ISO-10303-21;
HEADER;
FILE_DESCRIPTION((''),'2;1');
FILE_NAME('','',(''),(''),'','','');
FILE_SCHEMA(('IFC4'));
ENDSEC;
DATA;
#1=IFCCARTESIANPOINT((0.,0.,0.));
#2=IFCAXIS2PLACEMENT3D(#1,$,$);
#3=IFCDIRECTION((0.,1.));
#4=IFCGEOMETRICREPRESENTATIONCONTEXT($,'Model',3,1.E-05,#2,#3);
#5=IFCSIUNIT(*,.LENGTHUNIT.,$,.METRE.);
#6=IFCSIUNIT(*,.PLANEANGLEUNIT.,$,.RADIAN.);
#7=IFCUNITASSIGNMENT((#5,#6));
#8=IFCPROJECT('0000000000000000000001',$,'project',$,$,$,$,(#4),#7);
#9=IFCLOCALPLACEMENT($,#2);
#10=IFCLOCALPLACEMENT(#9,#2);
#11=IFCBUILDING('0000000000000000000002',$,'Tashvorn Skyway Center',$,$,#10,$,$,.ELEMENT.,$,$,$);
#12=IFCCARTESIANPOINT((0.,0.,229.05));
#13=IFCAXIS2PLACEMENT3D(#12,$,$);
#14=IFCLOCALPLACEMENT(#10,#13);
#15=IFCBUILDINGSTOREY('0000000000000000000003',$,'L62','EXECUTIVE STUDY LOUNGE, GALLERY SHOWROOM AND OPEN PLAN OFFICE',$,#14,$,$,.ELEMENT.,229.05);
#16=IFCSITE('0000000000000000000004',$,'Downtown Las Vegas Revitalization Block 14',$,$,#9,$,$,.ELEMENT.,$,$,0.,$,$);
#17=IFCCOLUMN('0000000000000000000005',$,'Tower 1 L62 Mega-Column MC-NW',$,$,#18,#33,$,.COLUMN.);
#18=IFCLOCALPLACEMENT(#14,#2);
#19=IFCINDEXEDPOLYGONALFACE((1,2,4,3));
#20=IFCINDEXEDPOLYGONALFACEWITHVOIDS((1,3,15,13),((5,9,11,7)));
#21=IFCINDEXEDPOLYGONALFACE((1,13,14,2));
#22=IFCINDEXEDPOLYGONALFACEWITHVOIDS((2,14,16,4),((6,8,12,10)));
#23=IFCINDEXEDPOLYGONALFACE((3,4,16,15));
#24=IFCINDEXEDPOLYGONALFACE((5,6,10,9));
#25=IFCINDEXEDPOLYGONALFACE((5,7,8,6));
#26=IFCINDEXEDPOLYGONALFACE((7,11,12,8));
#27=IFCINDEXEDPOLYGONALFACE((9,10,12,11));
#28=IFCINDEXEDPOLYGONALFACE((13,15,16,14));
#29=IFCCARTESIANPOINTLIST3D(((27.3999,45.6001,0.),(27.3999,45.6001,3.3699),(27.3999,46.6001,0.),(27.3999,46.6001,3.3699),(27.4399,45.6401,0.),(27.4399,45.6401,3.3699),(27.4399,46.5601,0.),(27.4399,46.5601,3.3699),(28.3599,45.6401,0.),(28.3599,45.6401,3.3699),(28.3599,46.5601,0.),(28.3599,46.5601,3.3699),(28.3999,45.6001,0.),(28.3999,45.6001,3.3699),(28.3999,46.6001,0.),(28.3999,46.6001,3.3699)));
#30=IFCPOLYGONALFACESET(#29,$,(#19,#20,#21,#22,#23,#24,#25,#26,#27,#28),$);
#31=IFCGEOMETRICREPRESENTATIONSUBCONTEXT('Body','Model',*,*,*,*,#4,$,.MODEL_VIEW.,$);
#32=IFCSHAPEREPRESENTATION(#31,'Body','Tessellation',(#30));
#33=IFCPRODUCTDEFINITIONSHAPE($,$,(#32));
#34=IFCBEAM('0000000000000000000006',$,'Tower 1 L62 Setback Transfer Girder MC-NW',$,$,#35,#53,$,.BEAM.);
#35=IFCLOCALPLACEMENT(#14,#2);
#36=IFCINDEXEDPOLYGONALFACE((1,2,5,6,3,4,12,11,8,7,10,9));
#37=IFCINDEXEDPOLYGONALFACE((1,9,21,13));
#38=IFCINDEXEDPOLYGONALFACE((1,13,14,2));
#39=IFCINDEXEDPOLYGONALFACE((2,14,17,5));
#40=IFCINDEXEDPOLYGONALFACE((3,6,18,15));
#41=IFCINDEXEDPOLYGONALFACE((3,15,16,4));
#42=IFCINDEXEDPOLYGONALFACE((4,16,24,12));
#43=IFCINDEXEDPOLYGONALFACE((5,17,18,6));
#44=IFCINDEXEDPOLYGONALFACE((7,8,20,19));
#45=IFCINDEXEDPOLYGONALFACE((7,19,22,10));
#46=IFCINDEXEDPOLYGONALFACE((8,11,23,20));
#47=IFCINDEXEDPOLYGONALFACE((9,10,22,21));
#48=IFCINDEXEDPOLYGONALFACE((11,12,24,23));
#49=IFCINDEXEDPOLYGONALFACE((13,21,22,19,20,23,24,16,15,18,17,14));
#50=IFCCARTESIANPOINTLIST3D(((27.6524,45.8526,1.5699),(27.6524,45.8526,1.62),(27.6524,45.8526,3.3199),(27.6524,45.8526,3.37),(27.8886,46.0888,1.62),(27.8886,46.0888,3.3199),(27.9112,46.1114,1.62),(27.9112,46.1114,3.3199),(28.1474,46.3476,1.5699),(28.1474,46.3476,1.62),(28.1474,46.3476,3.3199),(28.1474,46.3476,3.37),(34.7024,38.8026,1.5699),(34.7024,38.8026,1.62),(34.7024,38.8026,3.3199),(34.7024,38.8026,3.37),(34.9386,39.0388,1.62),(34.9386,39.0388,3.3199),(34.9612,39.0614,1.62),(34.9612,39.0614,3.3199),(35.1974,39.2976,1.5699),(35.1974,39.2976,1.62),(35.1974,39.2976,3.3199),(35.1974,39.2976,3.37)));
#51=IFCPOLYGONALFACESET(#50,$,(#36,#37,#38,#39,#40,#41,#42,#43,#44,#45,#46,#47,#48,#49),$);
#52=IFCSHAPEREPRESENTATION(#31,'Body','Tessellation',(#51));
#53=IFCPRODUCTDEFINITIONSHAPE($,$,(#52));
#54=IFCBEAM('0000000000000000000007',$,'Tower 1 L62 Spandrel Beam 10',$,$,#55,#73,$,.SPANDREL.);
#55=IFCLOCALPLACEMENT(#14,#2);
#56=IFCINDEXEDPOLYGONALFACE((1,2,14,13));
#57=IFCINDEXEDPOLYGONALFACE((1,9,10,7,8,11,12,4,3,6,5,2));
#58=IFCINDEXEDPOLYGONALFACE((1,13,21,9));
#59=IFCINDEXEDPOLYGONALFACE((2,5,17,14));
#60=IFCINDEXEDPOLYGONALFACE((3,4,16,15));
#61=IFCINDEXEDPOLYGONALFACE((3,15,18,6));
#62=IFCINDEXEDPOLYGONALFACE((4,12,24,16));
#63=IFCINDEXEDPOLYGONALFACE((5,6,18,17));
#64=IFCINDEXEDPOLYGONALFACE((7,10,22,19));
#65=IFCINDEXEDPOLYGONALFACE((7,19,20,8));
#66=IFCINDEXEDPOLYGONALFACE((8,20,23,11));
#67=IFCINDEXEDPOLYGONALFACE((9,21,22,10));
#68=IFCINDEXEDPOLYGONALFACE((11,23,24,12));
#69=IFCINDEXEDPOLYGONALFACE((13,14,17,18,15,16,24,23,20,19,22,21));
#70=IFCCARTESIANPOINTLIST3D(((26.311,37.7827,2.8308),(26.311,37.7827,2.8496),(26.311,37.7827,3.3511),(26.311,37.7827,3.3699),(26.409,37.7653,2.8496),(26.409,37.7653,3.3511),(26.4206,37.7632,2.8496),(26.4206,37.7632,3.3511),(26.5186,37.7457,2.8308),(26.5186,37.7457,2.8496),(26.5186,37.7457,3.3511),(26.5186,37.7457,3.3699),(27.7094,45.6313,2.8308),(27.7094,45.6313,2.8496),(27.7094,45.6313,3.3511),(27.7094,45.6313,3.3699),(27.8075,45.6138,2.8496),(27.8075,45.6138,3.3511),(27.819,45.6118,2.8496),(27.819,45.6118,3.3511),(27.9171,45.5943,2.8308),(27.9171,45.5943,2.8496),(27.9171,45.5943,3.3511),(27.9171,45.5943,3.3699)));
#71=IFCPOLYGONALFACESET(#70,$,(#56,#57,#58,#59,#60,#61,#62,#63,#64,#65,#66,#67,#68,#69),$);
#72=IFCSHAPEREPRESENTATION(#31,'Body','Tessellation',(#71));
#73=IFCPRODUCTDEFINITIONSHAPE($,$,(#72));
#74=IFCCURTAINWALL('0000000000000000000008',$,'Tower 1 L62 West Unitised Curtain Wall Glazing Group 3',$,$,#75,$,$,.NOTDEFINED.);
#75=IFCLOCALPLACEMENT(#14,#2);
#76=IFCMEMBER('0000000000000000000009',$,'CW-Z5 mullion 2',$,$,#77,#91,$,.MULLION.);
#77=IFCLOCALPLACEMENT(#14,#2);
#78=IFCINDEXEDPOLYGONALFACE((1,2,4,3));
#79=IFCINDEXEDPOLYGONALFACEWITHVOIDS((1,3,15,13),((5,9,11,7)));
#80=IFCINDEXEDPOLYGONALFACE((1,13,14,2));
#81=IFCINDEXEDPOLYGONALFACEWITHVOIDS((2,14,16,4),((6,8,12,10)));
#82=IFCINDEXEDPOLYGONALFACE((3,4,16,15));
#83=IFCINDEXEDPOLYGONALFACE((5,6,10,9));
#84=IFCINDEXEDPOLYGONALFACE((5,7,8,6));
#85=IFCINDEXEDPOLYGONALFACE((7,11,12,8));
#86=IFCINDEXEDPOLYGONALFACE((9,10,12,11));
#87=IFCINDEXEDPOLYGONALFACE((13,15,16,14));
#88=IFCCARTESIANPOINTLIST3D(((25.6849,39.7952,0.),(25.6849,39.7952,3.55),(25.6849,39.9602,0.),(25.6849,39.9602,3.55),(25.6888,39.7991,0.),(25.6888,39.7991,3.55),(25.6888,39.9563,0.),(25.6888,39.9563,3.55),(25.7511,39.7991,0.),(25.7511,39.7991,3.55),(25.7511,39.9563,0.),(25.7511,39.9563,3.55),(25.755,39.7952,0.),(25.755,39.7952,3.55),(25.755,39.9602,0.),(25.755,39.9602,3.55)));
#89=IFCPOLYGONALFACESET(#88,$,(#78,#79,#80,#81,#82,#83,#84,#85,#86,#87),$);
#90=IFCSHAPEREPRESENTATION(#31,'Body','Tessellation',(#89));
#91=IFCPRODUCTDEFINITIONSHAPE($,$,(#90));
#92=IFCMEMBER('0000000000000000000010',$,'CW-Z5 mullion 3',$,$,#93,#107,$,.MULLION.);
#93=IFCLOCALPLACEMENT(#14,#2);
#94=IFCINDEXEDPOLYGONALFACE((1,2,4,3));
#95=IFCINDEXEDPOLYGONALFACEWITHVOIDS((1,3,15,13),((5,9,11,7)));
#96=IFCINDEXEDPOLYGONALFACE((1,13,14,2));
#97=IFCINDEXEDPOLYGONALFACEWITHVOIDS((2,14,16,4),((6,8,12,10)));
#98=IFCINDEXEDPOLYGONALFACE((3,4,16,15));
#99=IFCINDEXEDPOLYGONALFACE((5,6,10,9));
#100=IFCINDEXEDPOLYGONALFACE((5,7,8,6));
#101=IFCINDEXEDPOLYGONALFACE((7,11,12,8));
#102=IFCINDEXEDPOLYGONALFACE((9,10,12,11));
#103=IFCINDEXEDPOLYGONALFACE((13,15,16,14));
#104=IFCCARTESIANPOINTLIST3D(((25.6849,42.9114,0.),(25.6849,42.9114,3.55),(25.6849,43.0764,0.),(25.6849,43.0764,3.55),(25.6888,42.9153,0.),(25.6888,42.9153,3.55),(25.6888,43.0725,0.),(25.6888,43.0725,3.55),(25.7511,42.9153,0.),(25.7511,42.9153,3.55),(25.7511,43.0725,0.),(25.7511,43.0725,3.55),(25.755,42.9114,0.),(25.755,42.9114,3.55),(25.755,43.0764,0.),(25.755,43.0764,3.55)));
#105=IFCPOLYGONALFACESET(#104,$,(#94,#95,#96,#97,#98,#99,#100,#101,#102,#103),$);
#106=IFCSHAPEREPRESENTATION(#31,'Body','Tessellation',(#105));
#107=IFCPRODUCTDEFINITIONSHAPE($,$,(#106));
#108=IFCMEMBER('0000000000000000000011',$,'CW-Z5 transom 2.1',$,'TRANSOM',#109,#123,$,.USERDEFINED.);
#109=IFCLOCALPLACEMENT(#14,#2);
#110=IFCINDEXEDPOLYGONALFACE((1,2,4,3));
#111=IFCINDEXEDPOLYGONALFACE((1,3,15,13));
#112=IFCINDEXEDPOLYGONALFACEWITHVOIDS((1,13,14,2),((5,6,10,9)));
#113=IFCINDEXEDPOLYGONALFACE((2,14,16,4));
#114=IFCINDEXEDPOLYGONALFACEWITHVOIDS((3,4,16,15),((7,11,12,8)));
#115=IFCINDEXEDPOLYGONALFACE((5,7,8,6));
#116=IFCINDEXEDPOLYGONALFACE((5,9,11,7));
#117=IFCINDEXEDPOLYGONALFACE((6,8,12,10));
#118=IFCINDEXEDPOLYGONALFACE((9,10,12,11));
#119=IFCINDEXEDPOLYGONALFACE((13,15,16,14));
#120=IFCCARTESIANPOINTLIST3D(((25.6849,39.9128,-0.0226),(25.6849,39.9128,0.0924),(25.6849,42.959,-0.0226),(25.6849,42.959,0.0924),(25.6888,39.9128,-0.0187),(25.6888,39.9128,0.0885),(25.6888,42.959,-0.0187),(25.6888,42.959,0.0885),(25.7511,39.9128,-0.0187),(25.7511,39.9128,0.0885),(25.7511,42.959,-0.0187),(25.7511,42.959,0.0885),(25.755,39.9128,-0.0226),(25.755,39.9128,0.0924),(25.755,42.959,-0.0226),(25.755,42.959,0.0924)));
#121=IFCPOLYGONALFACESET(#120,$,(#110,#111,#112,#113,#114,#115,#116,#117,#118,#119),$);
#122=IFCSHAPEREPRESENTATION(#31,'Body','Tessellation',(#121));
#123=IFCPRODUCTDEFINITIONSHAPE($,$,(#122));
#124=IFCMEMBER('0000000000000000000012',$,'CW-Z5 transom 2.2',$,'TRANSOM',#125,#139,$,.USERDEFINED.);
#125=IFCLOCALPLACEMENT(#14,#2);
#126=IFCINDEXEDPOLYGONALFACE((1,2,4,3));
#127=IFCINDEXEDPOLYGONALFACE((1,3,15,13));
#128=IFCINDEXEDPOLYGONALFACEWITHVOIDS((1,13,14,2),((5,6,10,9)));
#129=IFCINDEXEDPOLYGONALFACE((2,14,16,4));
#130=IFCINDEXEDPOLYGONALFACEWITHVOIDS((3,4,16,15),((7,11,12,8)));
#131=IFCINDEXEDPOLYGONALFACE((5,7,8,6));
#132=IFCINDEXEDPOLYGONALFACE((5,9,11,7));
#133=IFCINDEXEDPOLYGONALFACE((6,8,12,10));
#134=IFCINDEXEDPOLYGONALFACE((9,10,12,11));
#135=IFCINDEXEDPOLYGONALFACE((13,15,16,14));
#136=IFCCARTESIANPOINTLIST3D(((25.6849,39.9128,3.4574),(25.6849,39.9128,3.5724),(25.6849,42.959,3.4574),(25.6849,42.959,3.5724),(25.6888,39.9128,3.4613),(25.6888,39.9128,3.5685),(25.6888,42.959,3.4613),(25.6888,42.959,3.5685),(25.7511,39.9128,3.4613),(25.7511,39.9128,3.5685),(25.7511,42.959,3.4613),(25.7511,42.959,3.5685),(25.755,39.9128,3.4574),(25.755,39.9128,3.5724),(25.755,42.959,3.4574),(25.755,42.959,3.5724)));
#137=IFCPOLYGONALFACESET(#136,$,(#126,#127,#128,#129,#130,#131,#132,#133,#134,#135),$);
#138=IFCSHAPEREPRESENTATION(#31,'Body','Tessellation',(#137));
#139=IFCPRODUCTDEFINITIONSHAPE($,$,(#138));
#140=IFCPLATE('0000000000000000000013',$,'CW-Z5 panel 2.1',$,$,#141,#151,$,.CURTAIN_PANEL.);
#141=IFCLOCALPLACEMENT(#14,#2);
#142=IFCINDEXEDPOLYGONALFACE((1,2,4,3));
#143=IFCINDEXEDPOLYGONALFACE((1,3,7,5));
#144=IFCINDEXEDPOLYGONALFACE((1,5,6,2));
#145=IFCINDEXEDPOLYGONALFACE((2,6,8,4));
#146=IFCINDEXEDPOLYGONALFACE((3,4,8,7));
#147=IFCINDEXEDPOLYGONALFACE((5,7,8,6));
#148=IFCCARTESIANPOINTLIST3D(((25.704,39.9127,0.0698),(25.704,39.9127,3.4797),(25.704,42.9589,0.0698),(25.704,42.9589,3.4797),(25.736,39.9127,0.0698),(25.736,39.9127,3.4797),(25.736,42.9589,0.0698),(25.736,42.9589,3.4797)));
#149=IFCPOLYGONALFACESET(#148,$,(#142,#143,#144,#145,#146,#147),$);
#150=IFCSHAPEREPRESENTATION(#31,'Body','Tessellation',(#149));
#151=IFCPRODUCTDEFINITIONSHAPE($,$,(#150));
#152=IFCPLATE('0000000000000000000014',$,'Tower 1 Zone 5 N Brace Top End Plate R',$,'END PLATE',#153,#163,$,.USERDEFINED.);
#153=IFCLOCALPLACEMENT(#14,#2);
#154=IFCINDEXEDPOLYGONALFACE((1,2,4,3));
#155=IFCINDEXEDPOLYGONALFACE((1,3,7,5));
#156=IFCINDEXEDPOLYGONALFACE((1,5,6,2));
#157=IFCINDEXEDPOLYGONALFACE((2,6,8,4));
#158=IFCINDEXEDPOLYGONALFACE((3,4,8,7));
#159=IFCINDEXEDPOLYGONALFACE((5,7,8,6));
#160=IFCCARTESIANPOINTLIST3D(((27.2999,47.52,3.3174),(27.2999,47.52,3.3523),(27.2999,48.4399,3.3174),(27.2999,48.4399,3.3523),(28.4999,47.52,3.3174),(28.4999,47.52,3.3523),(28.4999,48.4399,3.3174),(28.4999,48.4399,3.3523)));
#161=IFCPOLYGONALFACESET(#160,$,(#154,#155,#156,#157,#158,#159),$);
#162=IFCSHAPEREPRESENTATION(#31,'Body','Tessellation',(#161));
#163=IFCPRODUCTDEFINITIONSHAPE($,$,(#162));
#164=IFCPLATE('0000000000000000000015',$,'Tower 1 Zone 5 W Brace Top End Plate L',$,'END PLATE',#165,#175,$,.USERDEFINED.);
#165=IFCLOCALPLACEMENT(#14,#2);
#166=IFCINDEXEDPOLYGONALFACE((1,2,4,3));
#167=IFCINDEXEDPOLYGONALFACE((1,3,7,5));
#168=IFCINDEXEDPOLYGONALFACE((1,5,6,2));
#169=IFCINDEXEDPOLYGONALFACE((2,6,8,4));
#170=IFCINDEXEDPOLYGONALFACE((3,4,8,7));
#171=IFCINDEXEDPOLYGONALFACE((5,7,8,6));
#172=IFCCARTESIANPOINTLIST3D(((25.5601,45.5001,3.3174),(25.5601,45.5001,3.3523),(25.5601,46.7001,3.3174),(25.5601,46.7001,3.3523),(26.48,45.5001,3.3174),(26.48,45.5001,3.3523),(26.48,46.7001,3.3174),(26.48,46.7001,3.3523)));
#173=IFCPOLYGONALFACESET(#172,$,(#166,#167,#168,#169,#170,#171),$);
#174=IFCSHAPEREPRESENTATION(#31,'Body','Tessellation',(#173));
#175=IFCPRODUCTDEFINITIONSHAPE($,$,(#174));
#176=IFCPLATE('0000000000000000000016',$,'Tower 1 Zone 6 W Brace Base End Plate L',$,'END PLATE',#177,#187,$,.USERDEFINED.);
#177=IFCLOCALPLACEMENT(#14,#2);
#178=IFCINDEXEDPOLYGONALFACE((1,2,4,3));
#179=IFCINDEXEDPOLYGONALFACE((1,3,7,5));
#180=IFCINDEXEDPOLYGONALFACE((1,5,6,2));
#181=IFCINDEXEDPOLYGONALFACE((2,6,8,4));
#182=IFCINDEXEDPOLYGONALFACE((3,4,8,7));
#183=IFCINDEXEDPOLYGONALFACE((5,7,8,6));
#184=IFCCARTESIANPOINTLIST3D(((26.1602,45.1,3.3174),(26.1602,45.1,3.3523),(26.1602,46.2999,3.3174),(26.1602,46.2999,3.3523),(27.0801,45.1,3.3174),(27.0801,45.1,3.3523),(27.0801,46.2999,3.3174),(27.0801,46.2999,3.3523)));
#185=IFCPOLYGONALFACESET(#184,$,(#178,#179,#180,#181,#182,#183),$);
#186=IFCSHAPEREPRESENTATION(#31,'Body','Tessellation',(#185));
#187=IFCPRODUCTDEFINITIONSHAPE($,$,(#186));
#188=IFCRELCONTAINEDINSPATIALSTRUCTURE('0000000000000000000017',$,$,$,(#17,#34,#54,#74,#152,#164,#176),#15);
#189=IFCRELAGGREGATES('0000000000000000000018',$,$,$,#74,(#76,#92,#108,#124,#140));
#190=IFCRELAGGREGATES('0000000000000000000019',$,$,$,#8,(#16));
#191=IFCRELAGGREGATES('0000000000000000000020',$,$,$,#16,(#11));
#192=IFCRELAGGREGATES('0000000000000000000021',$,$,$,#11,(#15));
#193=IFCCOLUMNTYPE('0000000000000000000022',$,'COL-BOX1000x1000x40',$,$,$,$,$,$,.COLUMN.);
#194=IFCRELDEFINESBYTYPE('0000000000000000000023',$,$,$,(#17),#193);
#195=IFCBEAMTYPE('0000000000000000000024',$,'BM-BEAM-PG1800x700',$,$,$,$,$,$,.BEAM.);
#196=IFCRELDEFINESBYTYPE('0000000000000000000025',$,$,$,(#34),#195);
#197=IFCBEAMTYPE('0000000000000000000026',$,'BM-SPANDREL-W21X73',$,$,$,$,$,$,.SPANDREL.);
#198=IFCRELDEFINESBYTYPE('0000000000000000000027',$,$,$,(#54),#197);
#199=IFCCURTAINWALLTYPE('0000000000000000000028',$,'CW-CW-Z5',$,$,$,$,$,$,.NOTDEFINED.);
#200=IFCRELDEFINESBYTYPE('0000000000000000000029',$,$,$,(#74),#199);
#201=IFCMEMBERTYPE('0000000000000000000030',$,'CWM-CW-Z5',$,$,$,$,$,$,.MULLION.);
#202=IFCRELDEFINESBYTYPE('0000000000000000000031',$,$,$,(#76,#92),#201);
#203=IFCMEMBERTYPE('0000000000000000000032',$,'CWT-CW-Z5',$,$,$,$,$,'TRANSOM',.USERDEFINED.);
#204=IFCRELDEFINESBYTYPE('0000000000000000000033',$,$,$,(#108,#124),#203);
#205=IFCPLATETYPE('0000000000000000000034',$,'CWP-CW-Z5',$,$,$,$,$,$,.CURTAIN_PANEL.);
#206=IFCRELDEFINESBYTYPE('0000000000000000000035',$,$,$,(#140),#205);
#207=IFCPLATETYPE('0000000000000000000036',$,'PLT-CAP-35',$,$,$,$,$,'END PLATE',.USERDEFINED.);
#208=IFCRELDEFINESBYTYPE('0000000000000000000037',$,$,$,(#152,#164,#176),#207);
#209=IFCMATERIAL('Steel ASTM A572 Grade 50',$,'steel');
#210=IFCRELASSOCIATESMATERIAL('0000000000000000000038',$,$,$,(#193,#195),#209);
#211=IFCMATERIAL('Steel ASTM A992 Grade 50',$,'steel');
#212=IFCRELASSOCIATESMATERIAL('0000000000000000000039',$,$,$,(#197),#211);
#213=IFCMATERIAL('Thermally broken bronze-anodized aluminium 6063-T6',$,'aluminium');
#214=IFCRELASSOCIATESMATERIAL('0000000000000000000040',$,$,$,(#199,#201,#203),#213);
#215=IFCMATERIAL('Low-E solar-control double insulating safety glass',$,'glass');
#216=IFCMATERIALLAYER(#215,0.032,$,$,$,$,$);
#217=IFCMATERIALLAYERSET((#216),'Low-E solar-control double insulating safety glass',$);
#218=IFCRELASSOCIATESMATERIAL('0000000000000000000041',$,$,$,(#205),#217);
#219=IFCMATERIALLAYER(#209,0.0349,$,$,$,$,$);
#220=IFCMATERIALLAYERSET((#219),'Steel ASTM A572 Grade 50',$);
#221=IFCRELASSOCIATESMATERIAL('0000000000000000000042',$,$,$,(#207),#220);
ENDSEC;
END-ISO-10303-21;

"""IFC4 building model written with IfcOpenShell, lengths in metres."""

from ifc_helpers import new_model, si_unit, direction, frame, origin, origin_2d, place, context, subcontext, project, spatial, rectangle, hollow_rectangle, i_section, extrude, material, layer, layer_set, material_profile, profile_set, type_object, element, aggregate, save


model = new_model("IFC4")

# Units and contexts
model_context = context("Model", 3, precision=1e-05, world=origin(), true_north=direction((0.0, 1.0)))
body_context = subcontext(model_context, "Body", "Model", "MODEL_VIEW")
ifc_project = project(units=[si_unit("LENGTHUNIT", "METRE"), si_unit("PLANEANGLEUNIT", "RADIAN")], contexts=[model_context])

# Site, building, storey
site_placement = place(None, origin())
site = spatial("IfcSite", under=ifc_project, at=site_placement, Name="Downtown Las Vegas Revitalization Block 14", CompositionType="ELEMENT", RefElevation=0.0)
building_placement = place(site_placement, origin())
building = spatial("IfcBuilding", under=site, at=building_placement, Name="Tashvorn Skyway Center", CompositionType="ELEMENT")
storey_placement = place(building_placement, frame((0.0, 0.0, 229.05)))
storey = spatial("IfcBuildingStorey", under=building, at=storey_placement, Name="L62", Description="EXECUTIVE STUDY LOUNGE, GALLERY SHOWROOM AND OPEN PLAN OFFICE", CompositionType="ELEMENT", Elevation=229.05)

# Column
ifc_material_1 = material(Name="Steel ASTM A572 Grade 50", Category="steel")
ifc_material_profile_1 = material_profile(ifc_material_1, hollow_rectangle(XDim=1.0, YDim=1.0, WallThickness=0.04, at=origin_2d()), Name="BOX1000x1000x40")
ifc_profile_set_1 = profile_set([ifc_material_profile_1], Name="Steel ASTM A572 Grade 50")
column_type = type_object("IfcColumnType", Name="COL-BOX1000x1000x40", PredefinedType="COLUMN", material=ifc_profile_set_1)
column_placement = place(storey_placement, frame((27.8999, 46.1001, 0.0), z_axis=(0.0, 0.0, 1.0), x_axis=(1.0, 0.0, 0.0)))
element("IfcColumn", 1, at=column_placement, inside=storey, type_object=column_type, Name="Tower 1 L62 Mega-Column MC-NW", PredefinedType="COLUMN", context=body_context, shape_type="SweptSolid", body=[
    extrude(hollow_rectangle(XDim=1.0, YDim=1.0, WallThickness=0.04, at=origin_2d()), origin(), (0.0, 0.0, 1.0), 3.3699),
])

# Beams
ifc_material_profile_2 = material_profile(ifc_material_1, i_section(OverallWidth=0.7, OverallDepth=1.8, WebThickness=0.032, FlangeThickness=0.05, at=origin_2d()), Name="PG1800x700")
ifc_profile_set_2 = profile_set([ifc_material_profile_2], Name="Steel ASTM A572 Grade 50")
beam_type_1 = type_object("IfcBeamType", Name="BM-BEAM-PG1800x700", PredefinedType="BEAM", material=ifc_profile_set_2)
beam_1_placement = place(storey_placement, frame((27.8999, 46.1001, 2.47), z_axis=(0.707107, -0.707107, 0.0), x_axis=(0.707107, 0.707107, 0.0)))
element("IfcBeam", 2, at=beam_1_placement, inside=storey, type_object=beam_type_1, Name="Tower 1 L62 Setback Transfer Girder MC-NW", PredefinedType="BEAM", context=body_context, shape_type="SweptSolid", body=[
    extrude(i_section(OverallWidth=0.7, OverallDepth=1.8, WebThickness=0.032, FlangeThickness=0.05, at=origin_2d()), origin(), (0.0, 0.0, 1.0), 9.9702),
])
ifc_material_2 = material(Name="Steel ASTM A992 Grade 50", Category="steel")
ifc_material_profile_3 = material_profile(ifc_material_2, i_section(OverallWidth=0.2109, OverallDepth=0.5391, WebThickness=0.0117, FlangeThickness=0.0188, at=origin_2d()), Name="W21X73")
ifc_profile_set_3 = profile_set([ifc_material_profile_3], Name="Steel ASTM A992 Grade 50")
beam_type_2 = type_object("IfcBeamType", Name="BM-SPANDREL-W21X73", PredefinedType="SPANDREL", material=ifc_profile_set_3)
beam_2_placement = place(storey_placement, frame((27.8132, 45.6128, 3.1003), z_axis=(-0.175413, -0.984495, 0.0), x_axis=(0.984495, -0.175413, 0.0)))
element("IfcBeam", 3, at=beam_2_placement, inside=storey, type_object=beam_type_2, Name="Tower 1 L62 Spandrel Beam 10", PredefinedType="SPANDREL", context=body_context, shape_type="SweptSolid", body=[
    extrude(i_section(OverallWidth=0.2109, OverallDepth=0.5391, WebThickness=0.0117, FlangeThickness=0.0188, at=origin_2d()), origin(), (0.0, 0.0, 1.0), 7.9722),
])

# Curtain wall, members, plate
ifc_material_3 = material(Name="Thermally broken bronze-anodized aluminium 6063-T6", Category="aluminium")
curtain_wall_type = type_object("IfcCurtainWallType", Name="CW-CW-Z5", PredefinedType="NOTDEFINED", material=ifc_material_3)
curtain_wall_placement = place(storey_placement, origin())
curtain_wall = element("IfcCurtainWall", 4, at=curtain_wall_placement, inside=storey, type_object=curtain_wall_type, Name="Tower 1 L62 West Unitised Curtain Wall Glazing Group 3", PredefinedType="NOTDEFINED")
ifc_material_profile_4 = material_profile(ifc_material_3, hollow_rectangle(XDim=0.0701, YDim=0.165, WallThickness=0.0039, at=origin_2d()), Name="ALU-MULL-70x165")
ifc_profile_set_4 = profile_set([ifc_material_profile_4], Name="Thermally broken bronze-anodized aluminium 6063-T6")
member_type_1 = type_object("IfcMemberType", Name="CWM-CW-Z5", PredefinedType="MULLION", material=ifc_profile_set_4)
member_1_placement = place(storey_placement, frame((25.72, 39.8777, 0.0), z_axis=(0.0, 0.0, 1.0), x_axis=(-1.0, 0.0, 0.0)))
member_1 = element("IfcMember", 5, at=member_1_placement, type_object=member_type_1, Name="CW-Z5 mullion 2", PredefinedType="MULLION", context=body_context, shape_type="SweptSolid", body=[
    extrude(hollow_rectangle(XDim=0.0701, YDim=0.165, WallThickness=0.0039, at=origin_2d()), origin(), (0.0, 0.0, 1.0), 3.55),
])
member_2_placement = place(storey_placement, frame((25.72, 42.9939, 0.0), z_axis=(0.0, 0.0, 1.0), x_axis=(-1.0, 0.0, 0.0)))
member_2 = element("IfcMember", 6, at=member_2_placement, type_object=member_type_1, Name="CW-Z5 mullion 3", PredefinedType="MULLION", context=body_context, shape_type="SweptSolid", body=[
    extrude(hollow_rectangle(XDim=0.0701, YDim=0.165, WallThickness=0.0039, at=origin_2d()), origin(), (0.0, 0.0, 1.0), 3.55),
])
ifc_material_profile_5 = material_profile(ifc_material_3, hollow_rectangle(XDim=0.0701, YDim=0.115, WallThickness=0.0039, at=origin_2d()), Name="ALU-TRAN-70x115")
ifc_profile_set_5 = profile_set([ifc_material_profile_5], Name="Thermally broken bronze-anodized aluminium 6063-T6")
member_type_2 = type_object("IfcMemberType", Name="CWT-CW-Z5", ElementType="TRANSOM", PredefinedType="USERDEFINED", material=ifc_profile_set_5)
member_3_placement = place(storey_placement, frame((25.72, 39.9128, 0.0349), z_axis=(0.0, 1.0, 0.0), x_axis=(-1.0, 0.0, 0.0)))
member_3 = element("IfcMember", 7, at=member_3_placement, type_object=member_type_2, Name="CW-Z5 transom 2.1", ObjectType="TRANSOM", PredefinedType="USERDEFINED", context=body_context, shape_type="SweptSolid", body=[
    extrude(hollow_rectangle(XDim=0.0701, YDim=0.115, WallThickness=0.0039, at=origin_2d()), origin(), (0.0, 0.0, 1.0), 3.0461),
])
member_4_placement = place(storey_placement, frame((25.72, 39.9128, 3.5149), z_axis=(0.0, 1.0, 0.0), x_axis=(-1.0, 0.0, 0.0)))
member_4 = element("IfcMember", 8, at=member_4_placement, type_object=member_type_2, Name="CW-Z5 transom 2.2", ObjectType="TRANSOM", PredefinedType="USERDEFINED", context=body_context, shape_type="SweptSolid", body=[
    extrude(hollow_rectangle(XDim=0.0701, YDim=0.115, WallThickness=0.0039, at=origin_2d()), origin(), (0.0, 0.0, 1.0), 3.0461),
])
ifc_material_4 = material(Name="Low-E solar-control double insulating safety glass", Category="glass")
ifc_layer_1 = layer(ifc_material_4, 0.032)
ifc_layer_set_1 = layer_set([ifc_layer_1], Name="Low-E solar-control double insulating safety glass")
plate_type_1 = type_object("IfcPlateType", Name="CWP-CW-Z5", PredefinedType="CURTAIN_PANEL", material=ifc_layer_set_1)
plate_1_placement = place(storey_placement, frame((25.72, 41.4358, 0.0698), z_axis=(0.0, 0.0, 1.0), x_axis=(0.0, 1.0, 0.0)))
plate_1 = element("IfcPlate", 9, at=plate_1_placement, type_object=plate_type_1, Name="CW-Z5 panel 2.1", PredefinedType="CURTAIN_PANEL", context=body_context, shape_type="SweptSolid", body=[
    extrude(rectangle(XDim=3.0461, YDim=0.032, at=origin_2d()), origin(), (0.0, 0.0, 1.0), 3.4099),
])
aggregate(curtain_wall, [member_1, member_2, member_3, member_4, plate_1])

# Plates
ifc_layer_2 = layer(ifc_material_1, 0.0349)
ifc_layer_set_2 = layer_set([ifc_layer_2], Name="Steel ASTM A572 Grade 50")
plate_type_2 = type_object("IfcPlateType", Name="PLT-CAP-35", ElementType="END PLATE", PredefinedType="USERDEFINED", material=ifc_layer_set_2)
for number, where, z_axis, x_axis, name in (
    (10, (27.8999, 47.98, 3.3174), (0.0, 0.0, 1.0), (-1.0, 0.0, 0.0), "Tower 1 Zone 5 N Brace Top End Plate R"),
    (11, (26.02, 46.1001, 3.3174), (0.0, 0.0, 1.0), (0.0, -1.0, 0.0), "Tower 1 Zone 5 W Brace Top End Plate L"),
    (12, (26.6201, 45.7, 3.3174), (0.0, 0.0, 1.0), (0.0, -1.0, 0.0), "Tower 1 Zone 6 W Brace Base End Plate L"),
):
    element("IfcPlate", number, at=place(storey_placement, frame(where, z_axis=z_axis, x_axis=x_axis)), inside=storey, type_object=plate_type_2, Name=name, ObjectType="END PLATE", PredefinedType="USERDEFINED", context=body_context, shape_type="SweptSolid", body=[
        extrude(rectangle(XDim=1.2, YDim=0.9199, at=origin_2d()), origin(), (0.0, 0.0, 1.0), 0.0349),
    ])

save(model, "model.ifc")
